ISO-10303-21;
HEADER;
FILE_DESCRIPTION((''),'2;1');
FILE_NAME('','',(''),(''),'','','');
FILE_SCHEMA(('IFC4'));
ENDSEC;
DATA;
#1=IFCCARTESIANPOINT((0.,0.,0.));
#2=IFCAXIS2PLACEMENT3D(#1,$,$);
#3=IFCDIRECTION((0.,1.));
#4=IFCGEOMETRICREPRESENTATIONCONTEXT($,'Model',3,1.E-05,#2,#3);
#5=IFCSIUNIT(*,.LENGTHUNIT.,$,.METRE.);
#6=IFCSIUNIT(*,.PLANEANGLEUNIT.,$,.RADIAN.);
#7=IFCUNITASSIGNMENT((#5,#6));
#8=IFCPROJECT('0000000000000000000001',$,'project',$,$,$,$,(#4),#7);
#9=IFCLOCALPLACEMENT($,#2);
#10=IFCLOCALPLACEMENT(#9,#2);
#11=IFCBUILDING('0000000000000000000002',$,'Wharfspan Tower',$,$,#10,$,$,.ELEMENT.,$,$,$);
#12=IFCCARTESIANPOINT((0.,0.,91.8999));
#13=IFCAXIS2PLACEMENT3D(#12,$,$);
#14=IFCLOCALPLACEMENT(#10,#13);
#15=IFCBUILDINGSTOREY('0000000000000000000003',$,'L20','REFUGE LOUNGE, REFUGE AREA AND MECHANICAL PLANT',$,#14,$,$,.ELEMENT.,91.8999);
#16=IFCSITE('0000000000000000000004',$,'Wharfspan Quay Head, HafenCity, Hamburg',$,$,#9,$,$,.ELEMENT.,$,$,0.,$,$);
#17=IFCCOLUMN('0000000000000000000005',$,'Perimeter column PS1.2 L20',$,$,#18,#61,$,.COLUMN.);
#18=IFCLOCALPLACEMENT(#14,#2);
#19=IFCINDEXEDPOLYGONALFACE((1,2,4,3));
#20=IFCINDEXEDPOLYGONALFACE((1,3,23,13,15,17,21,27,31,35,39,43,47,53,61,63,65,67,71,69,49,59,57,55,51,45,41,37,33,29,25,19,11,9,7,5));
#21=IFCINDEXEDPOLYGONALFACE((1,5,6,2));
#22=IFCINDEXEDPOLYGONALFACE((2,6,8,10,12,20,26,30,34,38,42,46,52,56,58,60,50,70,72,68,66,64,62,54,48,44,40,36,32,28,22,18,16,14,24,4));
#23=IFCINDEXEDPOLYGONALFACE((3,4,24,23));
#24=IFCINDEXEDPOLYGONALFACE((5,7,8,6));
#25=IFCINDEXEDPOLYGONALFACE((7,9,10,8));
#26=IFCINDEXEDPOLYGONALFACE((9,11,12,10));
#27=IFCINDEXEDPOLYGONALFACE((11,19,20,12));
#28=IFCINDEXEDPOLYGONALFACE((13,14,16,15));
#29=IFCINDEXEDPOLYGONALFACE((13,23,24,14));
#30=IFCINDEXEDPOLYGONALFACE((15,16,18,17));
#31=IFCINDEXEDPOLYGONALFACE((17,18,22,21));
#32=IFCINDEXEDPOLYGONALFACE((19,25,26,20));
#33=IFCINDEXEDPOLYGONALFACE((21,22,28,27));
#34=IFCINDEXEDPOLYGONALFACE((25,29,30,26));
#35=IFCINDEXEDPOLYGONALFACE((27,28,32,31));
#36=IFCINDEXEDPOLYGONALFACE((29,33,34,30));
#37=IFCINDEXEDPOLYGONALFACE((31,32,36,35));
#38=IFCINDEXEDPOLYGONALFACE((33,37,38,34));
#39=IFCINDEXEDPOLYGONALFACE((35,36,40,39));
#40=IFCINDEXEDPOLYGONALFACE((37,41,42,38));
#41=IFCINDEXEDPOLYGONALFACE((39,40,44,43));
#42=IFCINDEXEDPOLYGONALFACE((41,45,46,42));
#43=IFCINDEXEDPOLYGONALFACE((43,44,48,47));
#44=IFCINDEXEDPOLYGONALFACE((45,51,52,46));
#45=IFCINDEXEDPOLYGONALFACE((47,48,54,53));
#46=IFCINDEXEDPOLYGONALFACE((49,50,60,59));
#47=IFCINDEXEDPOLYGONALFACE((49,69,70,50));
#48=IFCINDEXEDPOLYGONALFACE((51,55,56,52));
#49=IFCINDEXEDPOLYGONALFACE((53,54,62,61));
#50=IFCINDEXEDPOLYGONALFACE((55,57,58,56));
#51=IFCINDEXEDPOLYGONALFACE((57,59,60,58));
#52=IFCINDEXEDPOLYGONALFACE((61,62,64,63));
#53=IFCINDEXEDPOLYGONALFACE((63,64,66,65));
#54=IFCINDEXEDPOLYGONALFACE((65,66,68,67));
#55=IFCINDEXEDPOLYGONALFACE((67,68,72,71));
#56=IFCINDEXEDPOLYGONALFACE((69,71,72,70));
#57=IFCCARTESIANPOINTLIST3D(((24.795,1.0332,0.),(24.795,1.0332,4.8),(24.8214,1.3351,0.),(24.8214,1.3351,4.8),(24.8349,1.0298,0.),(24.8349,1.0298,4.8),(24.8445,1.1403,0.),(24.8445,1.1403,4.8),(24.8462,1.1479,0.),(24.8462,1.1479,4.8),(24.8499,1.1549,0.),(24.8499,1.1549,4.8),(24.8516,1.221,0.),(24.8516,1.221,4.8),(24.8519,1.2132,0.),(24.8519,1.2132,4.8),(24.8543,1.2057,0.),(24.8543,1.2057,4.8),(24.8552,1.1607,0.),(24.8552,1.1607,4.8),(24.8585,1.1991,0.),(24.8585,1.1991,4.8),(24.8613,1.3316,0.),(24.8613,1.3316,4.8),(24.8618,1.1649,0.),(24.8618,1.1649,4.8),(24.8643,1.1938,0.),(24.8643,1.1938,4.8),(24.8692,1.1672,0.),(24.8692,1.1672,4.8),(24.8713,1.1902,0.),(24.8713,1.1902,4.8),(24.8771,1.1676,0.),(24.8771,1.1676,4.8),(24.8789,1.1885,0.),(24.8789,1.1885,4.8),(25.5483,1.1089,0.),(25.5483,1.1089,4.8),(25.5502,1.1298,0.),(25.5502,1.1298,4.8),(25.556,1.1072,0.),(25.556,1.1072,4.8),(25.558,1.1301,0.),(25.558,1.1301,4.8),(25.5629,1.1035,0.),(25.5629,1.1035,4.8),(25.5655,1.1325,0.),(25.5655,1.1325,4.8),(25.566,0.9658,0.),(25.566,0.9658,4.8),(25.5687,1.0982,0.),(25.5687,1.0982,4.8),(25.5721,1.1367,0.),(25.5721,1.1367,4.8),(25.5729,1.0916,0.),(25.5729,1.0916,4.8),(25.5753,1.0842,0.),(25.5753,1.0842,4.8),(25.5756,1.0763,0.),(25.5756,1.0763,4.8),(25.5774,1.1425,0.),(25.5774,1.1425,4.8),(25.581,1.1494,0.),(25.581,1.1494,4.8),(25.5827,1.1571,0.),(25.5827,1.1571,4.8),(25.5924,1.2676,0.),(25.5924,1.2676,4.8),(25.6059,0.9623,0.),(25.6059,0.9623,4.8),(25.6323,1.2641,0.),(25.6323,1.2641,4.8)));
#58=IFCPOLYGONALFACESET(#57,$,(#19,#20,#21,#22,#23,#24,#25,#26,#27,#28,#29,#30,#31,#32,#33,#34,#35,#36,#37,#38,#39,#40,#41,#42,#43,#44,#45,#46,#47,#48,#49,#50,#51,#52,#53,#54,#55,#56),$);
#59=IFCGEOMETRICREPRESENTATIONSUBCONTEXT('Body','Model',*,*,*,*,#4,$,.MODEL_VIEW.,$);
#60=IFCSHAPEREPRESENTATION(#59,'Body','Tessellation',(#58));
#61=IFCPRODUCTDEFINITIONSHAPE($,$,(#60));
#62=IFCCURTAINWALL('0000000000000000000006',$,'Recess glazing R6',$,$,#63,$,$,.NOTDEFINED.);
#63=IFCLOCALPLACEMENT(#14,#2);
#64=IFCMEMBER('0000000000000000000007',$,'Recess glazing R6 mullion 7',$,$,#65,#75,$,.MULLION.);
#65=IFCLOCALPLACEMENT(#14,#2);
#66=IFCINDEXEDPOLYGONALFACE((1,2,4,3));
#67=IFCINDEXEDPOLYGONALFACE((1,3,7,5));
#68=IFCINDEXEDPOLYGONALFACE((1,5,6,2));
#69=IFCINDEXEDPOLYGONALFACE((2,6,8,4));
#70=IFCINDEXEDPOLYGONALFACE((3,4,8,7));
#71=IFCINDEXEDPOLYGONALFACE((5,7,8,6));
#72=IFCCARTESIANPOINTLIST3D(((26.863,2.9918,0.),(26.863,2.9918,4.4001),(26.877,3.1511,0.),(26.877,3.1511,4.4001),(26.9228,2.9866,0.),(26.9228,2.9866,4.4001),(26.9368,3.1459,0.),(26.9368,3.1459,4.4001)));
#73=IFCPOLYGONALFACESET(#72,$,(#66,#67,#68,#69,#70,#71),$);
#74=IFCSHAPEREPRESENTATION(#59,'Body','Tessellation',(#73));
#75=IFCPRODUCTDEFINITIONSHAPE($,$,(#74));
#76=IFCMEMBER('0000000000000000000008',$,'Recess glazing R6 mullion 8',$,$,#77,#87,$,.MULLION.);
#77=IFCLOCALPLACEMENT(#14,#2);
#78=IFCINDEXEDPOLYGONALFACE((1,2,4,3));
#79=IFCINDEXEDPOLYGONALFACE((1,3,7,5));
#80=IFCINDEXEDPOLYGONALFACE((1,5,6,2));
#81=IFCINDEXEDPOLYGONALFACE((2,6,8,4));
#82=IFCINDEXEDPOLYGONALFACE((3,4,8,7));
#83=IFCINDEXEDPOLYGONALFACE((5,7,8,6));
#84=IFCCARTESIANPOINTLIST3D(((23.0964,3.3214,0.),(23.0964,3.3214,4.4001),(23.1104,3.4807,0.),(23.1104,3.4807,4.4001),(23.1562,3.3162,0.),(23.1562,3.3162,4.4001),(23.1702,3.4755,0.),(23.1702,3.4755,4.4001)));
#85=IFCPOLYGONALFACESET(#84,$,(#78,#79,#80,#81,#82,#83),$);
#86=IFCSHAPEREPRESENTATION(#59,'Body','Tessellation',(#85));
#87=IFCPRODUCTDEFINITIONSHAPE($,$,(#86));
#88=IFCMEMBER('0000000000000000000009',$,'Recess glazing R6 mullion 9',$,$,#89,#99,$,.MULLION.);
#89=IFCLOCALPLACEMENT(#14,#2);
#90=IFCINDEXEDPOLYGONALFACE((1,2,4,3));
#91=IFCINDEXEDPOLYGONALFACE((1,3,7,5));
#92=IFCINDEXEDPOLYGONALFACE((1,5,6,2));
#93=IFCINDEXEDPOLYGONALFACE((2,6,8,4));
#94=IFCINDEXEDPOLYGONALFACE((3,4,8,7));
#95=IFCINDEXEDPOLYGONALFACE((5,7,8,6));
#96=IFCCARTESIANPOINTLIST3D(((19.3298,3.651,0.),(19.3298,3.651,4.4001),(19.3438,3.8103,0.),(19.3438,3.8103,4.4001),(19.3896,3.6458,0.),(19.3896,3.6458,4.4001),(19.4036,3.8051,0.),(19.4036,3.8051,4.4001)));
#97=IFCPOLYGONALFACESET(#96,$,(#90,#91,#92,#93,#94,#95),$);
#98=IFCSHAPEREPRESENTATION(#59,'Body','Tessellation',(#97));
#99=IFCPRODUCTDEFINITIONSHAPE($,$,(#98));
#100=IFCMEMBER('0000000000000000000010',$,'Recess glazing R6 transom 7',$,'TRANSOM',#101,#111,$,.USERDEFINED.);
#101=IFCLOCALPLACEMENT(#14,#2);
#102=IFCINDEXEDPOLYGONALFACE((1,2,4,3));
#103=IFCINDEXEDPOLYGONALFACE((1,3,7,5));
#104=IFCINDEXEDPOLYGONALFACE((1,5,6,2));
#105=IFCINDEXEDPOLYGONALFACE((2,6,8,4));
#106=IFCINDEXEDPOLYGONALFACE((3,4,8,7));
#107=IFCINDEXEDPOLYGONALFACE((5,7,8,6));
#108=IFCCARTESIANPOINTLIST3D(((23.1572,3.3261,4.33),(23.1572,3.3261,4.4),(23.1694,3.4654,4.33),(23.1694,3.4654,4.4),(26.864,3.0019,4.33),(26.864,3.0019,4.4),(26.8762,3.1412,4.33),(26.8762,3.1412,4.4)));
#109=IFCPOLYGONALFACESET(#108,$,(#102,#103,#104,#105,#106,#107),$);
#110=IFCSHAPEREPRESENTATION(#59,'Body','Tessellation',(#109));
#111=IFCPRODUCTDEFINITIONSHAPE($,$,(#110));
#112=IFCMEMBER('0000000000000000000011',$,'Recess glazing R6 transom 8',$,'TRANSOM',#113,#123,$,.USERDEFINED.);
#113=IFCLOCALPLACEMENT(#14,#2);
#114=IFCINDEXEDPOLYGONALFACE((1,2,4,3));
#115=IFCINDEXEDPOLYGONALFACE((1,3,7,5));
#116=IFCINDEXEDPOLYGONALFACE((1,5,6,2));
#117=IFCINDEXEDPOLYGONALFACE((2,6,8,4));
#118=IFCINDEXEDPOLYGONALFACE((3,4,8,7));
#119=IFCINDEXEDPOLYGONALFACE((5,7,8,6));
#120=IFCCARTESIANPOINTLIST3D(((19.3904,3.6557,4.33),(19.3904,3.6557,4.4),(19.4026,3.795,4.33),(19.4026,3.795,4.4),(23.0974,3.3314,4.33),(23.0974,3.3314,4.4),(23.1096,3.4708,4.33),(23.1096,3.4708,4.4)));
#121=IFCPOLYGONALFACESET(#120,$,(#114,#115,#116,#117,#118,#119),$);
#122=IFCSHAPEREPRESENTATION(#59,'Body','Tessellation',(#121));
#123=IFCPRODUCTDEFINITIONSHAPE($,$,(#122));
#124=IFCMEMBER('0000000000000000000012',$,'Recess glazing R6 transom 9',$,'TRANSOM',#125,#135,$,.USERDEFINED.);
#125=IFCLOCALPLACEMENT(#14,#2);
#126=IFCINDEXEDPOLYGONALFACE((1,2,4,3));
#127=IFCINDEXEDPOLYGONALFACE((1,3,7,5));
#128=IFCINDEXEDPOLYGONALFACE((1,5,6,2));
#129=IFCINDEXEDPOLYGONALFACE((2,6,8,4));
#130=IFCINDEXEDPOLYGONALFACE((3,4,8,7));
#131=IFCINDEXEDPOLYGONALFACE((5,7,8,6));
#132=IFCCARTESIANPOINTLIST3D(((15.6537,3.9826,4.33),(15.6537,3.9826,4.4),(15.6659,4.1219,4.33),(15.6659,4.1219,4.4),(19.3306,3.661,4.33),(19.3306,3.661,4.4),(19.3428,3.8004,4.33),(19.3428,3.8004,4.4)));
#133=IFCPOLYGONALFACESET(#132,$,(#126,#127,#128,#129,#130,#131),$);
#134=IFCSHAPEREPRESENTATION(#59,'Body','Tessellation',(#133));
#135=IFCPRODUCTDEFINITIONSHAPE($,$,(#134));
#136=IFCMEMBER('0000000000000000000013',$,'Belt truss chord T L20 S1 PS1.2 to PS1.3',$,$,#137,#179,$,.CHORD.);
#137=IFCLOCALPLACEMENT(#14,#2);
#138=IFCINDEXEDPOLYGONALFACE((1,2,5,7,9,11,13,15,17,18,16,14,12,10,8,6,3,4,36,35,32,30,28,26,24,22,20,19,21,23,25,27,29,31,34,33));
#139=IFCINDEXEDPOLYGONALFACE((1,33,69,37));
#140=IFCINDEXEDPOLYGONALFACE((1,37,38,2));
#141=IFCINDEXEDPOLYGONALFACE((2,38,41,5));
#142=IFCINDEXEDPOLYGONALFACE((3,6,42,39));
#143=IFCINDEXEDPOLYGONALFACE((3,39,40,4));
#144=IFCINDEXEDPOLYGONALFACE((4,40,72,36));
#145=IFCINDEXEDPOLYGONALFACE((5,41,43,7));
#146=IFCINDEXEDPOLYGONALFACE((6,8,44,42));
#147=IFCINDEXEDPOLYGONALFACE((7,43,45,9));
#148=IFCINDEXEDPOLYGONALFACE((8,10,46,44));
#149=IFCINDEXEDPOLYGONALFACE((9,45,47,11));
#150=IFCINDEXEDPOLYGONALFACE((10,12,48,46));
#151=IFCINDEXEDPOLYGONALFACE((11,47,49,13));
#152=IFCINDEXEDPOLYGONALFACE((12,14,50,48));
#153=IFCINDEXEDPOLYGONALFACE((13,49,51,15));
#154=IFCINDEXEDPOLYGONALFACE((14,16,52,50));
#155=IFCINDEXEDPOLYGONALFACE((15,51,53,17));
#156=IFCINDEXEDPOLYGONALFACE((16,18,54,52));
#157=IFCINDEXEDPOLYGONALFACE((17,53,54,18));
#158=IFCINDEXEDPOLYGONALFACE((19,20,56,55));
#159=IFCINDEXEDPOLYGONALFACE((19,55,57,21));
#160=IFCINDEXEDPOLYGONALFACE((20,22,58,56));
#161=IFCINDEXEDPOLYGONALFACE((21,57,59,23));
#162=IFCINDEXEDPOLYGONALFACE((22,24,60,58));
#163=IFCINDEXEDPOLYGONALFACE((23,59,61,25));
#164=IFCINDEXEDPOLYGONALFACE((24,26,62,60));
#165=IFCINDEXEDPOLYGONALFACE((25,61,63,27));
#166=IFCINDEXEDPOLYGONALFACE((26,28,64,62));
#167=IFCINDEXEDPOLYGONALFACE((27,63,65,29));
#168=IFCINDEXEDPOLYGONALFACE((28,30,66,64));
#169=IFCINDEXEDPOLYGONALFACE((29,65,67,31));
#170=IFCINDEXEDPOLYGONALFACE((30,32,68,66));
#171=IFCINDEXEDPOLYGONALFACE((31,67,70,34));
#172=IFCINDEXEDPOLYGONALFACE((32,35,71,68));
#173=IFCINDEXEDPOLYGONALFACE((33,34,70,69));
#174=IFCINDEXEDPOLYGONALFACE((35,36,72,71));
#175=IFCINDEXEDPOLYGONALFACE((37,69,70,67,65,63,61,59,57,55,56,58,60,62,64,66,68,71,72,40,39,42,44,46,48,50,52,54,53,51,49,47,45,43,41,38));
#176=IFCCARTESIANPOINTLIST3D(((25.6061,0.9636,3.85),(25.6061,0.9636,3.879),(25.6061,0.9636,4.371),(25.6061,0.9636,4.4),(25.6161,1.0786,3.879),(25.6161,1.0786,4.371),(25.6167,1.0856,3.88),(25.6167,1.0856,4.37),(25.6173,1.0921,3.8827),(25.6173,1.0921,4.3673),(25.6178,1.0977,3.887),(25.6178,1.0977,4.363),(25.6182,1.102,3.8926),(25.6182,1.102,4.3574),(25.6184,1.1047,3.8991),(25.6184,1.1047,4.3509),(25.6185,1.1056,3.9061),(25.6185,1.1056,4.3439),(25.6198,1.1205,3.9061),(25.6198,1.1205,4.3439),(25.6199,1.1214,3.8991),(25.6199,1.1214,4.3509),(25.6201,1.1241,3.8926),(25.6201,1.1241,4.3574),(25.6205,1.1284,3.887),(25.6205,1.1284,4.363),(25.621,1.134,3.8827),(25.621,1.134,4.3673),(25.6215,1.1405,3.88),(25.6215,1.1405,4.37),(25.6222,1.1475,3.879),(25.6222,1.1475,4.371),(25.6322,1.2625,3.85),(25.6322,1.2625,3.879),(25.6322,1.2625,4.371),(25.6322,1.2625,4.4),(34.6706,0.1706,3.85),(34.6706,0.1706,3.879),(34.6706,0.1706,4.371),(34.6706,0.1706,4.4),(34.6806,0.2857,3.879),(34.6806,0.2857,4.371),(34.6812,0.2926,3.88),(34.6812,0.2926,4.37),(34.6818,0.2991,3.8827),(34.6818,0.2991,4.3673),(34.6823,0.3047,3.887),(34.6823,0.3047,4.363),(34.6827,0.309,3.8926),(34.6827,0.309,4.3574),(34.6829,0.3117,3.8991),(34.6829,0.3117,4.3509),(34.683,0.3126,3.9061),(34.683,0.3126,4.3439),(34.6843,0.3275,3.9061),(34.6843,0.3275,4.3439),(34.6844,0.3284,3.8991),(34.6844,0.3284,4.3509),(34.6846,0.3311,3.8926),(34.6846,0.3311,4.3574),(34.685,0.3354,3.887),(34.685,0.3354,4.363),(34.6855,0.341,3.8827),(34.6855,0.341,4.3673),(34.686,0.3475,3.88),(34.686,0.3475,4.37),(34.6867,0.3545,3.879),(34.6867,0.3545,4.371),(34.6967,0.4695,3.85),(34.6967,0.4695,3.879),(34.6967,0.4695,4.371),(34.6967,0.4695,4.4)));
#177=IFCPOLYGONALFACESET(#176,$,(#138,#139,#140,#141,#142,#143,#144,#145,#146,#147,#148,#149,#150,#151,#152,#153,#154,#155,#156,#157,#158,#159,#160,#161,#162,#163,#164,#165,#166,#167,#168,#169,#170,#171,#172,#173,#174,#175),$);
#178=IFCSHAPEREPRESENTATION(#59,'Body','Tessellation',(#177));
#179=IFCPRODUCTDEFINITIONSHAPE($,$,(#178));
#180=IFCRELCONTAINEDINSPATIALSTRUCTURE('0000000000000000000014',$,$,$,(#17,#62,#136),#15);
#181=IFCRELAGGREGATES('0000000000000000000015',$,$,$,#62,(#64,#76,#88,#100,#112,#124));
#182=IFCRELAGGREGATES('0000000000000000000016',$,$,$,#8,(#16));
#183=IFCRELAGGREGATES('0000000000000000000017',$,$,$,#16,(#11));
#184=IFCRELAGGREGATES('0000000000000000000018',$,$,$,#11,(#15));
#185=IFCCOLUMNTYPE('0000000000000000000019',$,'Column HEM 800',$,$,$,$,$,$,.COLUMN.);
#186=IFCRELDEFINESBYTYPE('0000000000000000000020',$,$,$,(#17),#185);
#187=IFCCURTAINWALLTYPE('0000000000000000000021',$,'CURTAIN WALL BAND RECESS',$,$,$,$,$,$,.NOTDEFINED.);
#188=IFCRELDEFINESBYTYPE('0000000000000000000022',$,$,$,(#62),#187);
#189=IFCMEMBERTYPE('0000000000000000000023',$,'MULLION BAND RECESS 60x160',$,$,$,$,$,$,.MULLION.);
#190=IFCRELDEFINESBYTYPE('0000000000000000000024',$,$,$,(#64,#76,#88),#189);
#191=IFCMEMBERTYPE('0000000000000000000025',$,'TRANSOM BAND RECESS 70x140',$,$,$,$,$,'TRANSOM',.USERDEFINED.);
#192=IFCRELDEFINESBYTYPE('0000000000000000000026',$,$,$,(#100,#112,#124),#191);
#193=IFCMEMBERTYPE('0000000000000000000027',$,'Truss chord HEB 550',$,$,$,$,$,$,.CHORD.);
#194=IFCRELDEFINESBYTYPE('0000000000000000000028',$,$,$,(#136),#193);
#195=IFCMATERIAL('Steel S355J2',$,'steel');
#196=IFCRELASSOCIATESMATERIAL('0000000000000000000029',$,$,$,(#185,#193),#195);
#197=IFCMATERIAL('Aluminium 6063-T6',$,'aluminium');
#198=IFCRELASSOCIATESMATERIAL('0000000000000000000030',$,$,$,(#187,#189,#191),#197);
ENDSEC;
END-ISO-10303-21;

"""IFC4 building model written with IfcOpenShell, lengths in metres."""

from ifc_helpers import new_model, si_unit, direction, frame, origin, origin_2d, place, context, subcontext, project, spatial, rectangle, i_section, extrude, material, material_profile, profile_set, type_object, element, aggregate, save


model = new_model("IFC4")

# Units and contexts
model_context = context("Model", 3, precision=1e-05, world=origin(), true_north=direction((0.0, 1.0)))
body_context = subcontext(model_context, "Body", "Model", "MODEL_VIEW")
ifc_project = project(units=[si_unit("LENGTHUNIT", "METRE"), si_unit("PLANEANGLEUNIT", "RADIAN")], contexts=[model_context])

# Site, building, storey
site_placement = place(None, origin())
site = spatial("IfcSite", under=ifc_project, at=site_placement, Name="Wharfspan Quay Head, HafenCity, Hamburg", CompositionType="ELEMENT", RefElevation=0.0)
building_placement = place(site_placement, origin())
building = spatial("IfcBuilding", under=site, at=building_placement, Name="Wharfspan Tower", CompositionType="ELEMENT")
storey_placement = place(building_placement, frame((0.0, 0.0, 91.8999)))
storey = spatial("IfcBuildingStorey", under=building, at=storey_placement, Name="L20", Description="REFUGE LOUNGE, REFUGE AREA AND MECHANICAL PLANT", CompositionType="ELEMENT", Elevation=91.8999)

# Column
ifc_material_1 = material(Name="Steel S355J2", Category="steel")
ifc_material_profile_1 = material_profile(ifc_material_1, i_section(OverallWidth=0.303, OverallDepth=0.814, WebThickness=0.021, FlangeThickness=0.04, FilletRadius=0.03, at=origin_2d()))
ifc_profile_set_1 = profile_set([ifc_material_profile_1], Name="Steel S355J2")
column_type = type_object("IfcColumnType", Name="Column HEM 800", PredefinedType="COLUMN", material=ifc_profile_set_1)
column_placement = place(storey_placement, frame((25.2136, 1.1487, 0.0), z_axis=(0.0, 0.0, 1.0), x_axis=(-0.087156, -0.996198, 0.0)))
element("IfcColumn", 1, at=column_placement, inside=storey, type_object=column_type, Name="Perimeter column PS1.2 L20", PredefinedType="COLUMN", context=body_context, shape_type="SweptSolid", body=[
    extrude(i_section(OverallWidth=0.303, OverallDepth=0.814, WebThickness=0.021, FlangeThickness=0.04, FilletRadius=0.03, at=origin_2d()), origin(), (0.0, 0.0, 1.0), 4.8),
])

# Curtain wall, members
ifc_material_2 = material(Name="Aluminium 6063-T6", Category="aluminium")
curtain_wall_type = type_object("IfcCurtainWallType", Name="CURTAIN WALL BAND RECESS", PredefinedType="NOTDEFINED", material=ifc_material_2)
curtain_wall_placement = place(storey_placement, origin())
curtain_wall = element("IfcCurtainWall", 2, at=curtain_wall_placement, inside=storey, type_object=curtain_wall_type, Name="Recess glazing R6", PredefinedType="NOTDEFINED")
ifc_material_profile_2 = material_profile(ifc_material_2, rectangle(XDim=0.1599, YDim=0.0601, at=origin_2d()))
ifc_profile_set_2 = profile_set([ifc_material_profile_2], Name="Aluminium 6063-T6")
member_type_1 = type_object("IfcMemberType", Name="MULLION BAND RECESS 60x160", PredefinedType="MULLION", material=ifc_profile_set_2)
member_1_placement = place(storey_placement, frame((26.8999, 3.0688, 0.0), z_axis=(0.0, 0.0, 1.0), x_axis=(-0.087156, -0.996198, 0.0)))
member_1 = element("IfcMember", 3, at=member_1_placement, type_object=member_type_1, Name="Recess glazing R6 mullion 7", PredefinedType="MULLION", context=body_context, shape_type="SweptSolid", body=[
    extrude(rectangle(XDim=0.1599, YDim=0.0601, at=origin_2d()), origin(), (0.0, 0.0, 1.0), 4.4001),
])
member_2_placement = place(storey_placement, frame((23.1333, 3.3984, 0.0), z_axis=(0.0, 0.0, 1.0), x_axis=(-0.087156, -0.996198, 0.0)))
member_2 = element("IfcMember", 4, at=member_2_placement, type_object=member_type_1, Name="Recess glazing R6 mullion 8", PredefinedType="MULLION", context=body_context, shape_type="SweptSolid", body=[
    extrude(rectangle(XDim=0.1599, YDim=0.0601, at=origin_2d()), origin(), (0.0, 0.0, 1.0), 4.4001),
])
member_3_placement = place(storey_placement, frame((19.3667, 3.728, 0.0), z_axis=(0.0, 0.0, 1.0), x_axis=(-0.087156, -0.996198, 0.0)))
member_3 = element("IfcMember", 5, at=member_3_placement, type_object=member_type_1, Name="Recess glazing R6 mullion 9", PredefinedType="MULLION", context=body_context, shape_type="SweptSolid", body=[
    extrude(rectangle(XDim=0.1599, YDim=0.0601, at=origin_2d()), origin(), (0.0, 0.0, 1.0), 4.4001),
])
ifc_material_profile_3 = material_profile(ifc_material_2, rectangle(XDim=0.1399, YDim=0.0701, at=origin_2d()))
ifc_profile_set_3 = profile_set([ifc_material_profile_3], Name="Aluminium 6063-T6")
member_type_2 = type_object("IfcMemberType", Name="TRANSOM BAND RECESS 70x140", ElementType="TRANSOM", PredefinedType="USERDEFINED", material=ifc_profile_set_3)
member_4_placement = place(storey_placement, frame((26.8701, 3.0715, 4.365), z_axis=(-0.996197, 0.087134, 0.0), x_axis=(-0.087134, -0.996197, 0.0)))
member_4 = element("IfcMember", 6, at=member_4_placement, type_object=member_type_2, Name="Recess glazing R6 transom 7", ObjectType="TRANSOM", PredefinedType="USERDEFINED", context=body_context, shape_type="SweptSolid", body=[
    extrude(rectangle(XDim=0.1399, YDim=0.0701, at=origin_2d()), origin(), (0.0, 0.0, 1.0), 3.7209),
])
member_5_placement = place(storey_placement, frame((23.1035, 3.4011, 4.365), z_axis=(-0.996197, 0.087128, 0.0), x_axis=(-0.087128, -0.996197, 0.0)))
member_5 = element("IfcMember", 7, at=member_5_placement, type_object=member_type_2, Name="Recess glazing R6 transom 8", ObjectType="TRANSOM", PredefinedType="USERDEFINED", context=body_context, shape_type="SweptSolid", body=[
    extrude(rectangle(XDim=0.1399, YDim=0.0701, at=origin_2d()), origin(), (0.0, 0.0, 1.0), 3.7212),
])
member_6_placement = place(storey_placement, frame((19.3367, 3.7307, 4.365), z_axis=(-0.996199, 0.087112, 0.0), x_axis=(-0.087112, -0.996199, 0.0)))
member_6 = element("IfcMember", 8, at=member_6_placement, type_object=member_type_2, Name="Recess glazing R6 transom 9", ObjectType="TRANSOM", PredefinedType="USERDEFINED", context=body_context, shape_type="SweptSolid", body=[
    extrude(rectangle(XDim=0.1399, YDim=0.0701, at=origin_2d()), origin(), (0.0, 0.0, 1.0), 3.6909),
])

# Member
ifc_material_profile_4 = material_profile(ifc_material_1, i_section(OverallWidth=0.3, OverallDepth=0.55, WebThickness=0.0149, FlangeThickness=0.0291, FilletRadius=0.0271, at=origin_2d()))
ifc_profile_set_4 = profile_set([ifc_material_profile_4], Name="Steel S355J2")
member_type_3 = type_object("IfcMemberType", Name="Truss chord HEB 550", PredefinedType="CHORD", material=ifc_profile_set_4)
for number, where, z_axis, x_axis, name in (
    (9, (25.6191, 1.113, 4.125), (0.996195, -0.087148, 0.0), (0.087148, 0.996195, 0.0), "Belt truss chord T L20 S1 PS1.2 to PS1.3"),
):
    element("IfcMember", number, at=place(storey_placement, frame(where, z_axis=z_axis, x_axis=x_axis)), inside=storey, type_object=member_type_3, Name=name, PredefinedType="CHORD", context=body_context, shape_type="SweptSolid", body=[
        extrude(i_section(OverallWidth=0.3, OverallDepth=0.55, WebThickness=0.0149, FlangeThickness=0.0291, FilletRadius=0.0271, at=origin_2d()), origin(), (0.0, 0.0, 1.0), 9.0991),
    ])

aggregate(curtain_wall, [member_1, member_2, member_3, member_4, member_5, member_6])

save(model, "model.ifc")
